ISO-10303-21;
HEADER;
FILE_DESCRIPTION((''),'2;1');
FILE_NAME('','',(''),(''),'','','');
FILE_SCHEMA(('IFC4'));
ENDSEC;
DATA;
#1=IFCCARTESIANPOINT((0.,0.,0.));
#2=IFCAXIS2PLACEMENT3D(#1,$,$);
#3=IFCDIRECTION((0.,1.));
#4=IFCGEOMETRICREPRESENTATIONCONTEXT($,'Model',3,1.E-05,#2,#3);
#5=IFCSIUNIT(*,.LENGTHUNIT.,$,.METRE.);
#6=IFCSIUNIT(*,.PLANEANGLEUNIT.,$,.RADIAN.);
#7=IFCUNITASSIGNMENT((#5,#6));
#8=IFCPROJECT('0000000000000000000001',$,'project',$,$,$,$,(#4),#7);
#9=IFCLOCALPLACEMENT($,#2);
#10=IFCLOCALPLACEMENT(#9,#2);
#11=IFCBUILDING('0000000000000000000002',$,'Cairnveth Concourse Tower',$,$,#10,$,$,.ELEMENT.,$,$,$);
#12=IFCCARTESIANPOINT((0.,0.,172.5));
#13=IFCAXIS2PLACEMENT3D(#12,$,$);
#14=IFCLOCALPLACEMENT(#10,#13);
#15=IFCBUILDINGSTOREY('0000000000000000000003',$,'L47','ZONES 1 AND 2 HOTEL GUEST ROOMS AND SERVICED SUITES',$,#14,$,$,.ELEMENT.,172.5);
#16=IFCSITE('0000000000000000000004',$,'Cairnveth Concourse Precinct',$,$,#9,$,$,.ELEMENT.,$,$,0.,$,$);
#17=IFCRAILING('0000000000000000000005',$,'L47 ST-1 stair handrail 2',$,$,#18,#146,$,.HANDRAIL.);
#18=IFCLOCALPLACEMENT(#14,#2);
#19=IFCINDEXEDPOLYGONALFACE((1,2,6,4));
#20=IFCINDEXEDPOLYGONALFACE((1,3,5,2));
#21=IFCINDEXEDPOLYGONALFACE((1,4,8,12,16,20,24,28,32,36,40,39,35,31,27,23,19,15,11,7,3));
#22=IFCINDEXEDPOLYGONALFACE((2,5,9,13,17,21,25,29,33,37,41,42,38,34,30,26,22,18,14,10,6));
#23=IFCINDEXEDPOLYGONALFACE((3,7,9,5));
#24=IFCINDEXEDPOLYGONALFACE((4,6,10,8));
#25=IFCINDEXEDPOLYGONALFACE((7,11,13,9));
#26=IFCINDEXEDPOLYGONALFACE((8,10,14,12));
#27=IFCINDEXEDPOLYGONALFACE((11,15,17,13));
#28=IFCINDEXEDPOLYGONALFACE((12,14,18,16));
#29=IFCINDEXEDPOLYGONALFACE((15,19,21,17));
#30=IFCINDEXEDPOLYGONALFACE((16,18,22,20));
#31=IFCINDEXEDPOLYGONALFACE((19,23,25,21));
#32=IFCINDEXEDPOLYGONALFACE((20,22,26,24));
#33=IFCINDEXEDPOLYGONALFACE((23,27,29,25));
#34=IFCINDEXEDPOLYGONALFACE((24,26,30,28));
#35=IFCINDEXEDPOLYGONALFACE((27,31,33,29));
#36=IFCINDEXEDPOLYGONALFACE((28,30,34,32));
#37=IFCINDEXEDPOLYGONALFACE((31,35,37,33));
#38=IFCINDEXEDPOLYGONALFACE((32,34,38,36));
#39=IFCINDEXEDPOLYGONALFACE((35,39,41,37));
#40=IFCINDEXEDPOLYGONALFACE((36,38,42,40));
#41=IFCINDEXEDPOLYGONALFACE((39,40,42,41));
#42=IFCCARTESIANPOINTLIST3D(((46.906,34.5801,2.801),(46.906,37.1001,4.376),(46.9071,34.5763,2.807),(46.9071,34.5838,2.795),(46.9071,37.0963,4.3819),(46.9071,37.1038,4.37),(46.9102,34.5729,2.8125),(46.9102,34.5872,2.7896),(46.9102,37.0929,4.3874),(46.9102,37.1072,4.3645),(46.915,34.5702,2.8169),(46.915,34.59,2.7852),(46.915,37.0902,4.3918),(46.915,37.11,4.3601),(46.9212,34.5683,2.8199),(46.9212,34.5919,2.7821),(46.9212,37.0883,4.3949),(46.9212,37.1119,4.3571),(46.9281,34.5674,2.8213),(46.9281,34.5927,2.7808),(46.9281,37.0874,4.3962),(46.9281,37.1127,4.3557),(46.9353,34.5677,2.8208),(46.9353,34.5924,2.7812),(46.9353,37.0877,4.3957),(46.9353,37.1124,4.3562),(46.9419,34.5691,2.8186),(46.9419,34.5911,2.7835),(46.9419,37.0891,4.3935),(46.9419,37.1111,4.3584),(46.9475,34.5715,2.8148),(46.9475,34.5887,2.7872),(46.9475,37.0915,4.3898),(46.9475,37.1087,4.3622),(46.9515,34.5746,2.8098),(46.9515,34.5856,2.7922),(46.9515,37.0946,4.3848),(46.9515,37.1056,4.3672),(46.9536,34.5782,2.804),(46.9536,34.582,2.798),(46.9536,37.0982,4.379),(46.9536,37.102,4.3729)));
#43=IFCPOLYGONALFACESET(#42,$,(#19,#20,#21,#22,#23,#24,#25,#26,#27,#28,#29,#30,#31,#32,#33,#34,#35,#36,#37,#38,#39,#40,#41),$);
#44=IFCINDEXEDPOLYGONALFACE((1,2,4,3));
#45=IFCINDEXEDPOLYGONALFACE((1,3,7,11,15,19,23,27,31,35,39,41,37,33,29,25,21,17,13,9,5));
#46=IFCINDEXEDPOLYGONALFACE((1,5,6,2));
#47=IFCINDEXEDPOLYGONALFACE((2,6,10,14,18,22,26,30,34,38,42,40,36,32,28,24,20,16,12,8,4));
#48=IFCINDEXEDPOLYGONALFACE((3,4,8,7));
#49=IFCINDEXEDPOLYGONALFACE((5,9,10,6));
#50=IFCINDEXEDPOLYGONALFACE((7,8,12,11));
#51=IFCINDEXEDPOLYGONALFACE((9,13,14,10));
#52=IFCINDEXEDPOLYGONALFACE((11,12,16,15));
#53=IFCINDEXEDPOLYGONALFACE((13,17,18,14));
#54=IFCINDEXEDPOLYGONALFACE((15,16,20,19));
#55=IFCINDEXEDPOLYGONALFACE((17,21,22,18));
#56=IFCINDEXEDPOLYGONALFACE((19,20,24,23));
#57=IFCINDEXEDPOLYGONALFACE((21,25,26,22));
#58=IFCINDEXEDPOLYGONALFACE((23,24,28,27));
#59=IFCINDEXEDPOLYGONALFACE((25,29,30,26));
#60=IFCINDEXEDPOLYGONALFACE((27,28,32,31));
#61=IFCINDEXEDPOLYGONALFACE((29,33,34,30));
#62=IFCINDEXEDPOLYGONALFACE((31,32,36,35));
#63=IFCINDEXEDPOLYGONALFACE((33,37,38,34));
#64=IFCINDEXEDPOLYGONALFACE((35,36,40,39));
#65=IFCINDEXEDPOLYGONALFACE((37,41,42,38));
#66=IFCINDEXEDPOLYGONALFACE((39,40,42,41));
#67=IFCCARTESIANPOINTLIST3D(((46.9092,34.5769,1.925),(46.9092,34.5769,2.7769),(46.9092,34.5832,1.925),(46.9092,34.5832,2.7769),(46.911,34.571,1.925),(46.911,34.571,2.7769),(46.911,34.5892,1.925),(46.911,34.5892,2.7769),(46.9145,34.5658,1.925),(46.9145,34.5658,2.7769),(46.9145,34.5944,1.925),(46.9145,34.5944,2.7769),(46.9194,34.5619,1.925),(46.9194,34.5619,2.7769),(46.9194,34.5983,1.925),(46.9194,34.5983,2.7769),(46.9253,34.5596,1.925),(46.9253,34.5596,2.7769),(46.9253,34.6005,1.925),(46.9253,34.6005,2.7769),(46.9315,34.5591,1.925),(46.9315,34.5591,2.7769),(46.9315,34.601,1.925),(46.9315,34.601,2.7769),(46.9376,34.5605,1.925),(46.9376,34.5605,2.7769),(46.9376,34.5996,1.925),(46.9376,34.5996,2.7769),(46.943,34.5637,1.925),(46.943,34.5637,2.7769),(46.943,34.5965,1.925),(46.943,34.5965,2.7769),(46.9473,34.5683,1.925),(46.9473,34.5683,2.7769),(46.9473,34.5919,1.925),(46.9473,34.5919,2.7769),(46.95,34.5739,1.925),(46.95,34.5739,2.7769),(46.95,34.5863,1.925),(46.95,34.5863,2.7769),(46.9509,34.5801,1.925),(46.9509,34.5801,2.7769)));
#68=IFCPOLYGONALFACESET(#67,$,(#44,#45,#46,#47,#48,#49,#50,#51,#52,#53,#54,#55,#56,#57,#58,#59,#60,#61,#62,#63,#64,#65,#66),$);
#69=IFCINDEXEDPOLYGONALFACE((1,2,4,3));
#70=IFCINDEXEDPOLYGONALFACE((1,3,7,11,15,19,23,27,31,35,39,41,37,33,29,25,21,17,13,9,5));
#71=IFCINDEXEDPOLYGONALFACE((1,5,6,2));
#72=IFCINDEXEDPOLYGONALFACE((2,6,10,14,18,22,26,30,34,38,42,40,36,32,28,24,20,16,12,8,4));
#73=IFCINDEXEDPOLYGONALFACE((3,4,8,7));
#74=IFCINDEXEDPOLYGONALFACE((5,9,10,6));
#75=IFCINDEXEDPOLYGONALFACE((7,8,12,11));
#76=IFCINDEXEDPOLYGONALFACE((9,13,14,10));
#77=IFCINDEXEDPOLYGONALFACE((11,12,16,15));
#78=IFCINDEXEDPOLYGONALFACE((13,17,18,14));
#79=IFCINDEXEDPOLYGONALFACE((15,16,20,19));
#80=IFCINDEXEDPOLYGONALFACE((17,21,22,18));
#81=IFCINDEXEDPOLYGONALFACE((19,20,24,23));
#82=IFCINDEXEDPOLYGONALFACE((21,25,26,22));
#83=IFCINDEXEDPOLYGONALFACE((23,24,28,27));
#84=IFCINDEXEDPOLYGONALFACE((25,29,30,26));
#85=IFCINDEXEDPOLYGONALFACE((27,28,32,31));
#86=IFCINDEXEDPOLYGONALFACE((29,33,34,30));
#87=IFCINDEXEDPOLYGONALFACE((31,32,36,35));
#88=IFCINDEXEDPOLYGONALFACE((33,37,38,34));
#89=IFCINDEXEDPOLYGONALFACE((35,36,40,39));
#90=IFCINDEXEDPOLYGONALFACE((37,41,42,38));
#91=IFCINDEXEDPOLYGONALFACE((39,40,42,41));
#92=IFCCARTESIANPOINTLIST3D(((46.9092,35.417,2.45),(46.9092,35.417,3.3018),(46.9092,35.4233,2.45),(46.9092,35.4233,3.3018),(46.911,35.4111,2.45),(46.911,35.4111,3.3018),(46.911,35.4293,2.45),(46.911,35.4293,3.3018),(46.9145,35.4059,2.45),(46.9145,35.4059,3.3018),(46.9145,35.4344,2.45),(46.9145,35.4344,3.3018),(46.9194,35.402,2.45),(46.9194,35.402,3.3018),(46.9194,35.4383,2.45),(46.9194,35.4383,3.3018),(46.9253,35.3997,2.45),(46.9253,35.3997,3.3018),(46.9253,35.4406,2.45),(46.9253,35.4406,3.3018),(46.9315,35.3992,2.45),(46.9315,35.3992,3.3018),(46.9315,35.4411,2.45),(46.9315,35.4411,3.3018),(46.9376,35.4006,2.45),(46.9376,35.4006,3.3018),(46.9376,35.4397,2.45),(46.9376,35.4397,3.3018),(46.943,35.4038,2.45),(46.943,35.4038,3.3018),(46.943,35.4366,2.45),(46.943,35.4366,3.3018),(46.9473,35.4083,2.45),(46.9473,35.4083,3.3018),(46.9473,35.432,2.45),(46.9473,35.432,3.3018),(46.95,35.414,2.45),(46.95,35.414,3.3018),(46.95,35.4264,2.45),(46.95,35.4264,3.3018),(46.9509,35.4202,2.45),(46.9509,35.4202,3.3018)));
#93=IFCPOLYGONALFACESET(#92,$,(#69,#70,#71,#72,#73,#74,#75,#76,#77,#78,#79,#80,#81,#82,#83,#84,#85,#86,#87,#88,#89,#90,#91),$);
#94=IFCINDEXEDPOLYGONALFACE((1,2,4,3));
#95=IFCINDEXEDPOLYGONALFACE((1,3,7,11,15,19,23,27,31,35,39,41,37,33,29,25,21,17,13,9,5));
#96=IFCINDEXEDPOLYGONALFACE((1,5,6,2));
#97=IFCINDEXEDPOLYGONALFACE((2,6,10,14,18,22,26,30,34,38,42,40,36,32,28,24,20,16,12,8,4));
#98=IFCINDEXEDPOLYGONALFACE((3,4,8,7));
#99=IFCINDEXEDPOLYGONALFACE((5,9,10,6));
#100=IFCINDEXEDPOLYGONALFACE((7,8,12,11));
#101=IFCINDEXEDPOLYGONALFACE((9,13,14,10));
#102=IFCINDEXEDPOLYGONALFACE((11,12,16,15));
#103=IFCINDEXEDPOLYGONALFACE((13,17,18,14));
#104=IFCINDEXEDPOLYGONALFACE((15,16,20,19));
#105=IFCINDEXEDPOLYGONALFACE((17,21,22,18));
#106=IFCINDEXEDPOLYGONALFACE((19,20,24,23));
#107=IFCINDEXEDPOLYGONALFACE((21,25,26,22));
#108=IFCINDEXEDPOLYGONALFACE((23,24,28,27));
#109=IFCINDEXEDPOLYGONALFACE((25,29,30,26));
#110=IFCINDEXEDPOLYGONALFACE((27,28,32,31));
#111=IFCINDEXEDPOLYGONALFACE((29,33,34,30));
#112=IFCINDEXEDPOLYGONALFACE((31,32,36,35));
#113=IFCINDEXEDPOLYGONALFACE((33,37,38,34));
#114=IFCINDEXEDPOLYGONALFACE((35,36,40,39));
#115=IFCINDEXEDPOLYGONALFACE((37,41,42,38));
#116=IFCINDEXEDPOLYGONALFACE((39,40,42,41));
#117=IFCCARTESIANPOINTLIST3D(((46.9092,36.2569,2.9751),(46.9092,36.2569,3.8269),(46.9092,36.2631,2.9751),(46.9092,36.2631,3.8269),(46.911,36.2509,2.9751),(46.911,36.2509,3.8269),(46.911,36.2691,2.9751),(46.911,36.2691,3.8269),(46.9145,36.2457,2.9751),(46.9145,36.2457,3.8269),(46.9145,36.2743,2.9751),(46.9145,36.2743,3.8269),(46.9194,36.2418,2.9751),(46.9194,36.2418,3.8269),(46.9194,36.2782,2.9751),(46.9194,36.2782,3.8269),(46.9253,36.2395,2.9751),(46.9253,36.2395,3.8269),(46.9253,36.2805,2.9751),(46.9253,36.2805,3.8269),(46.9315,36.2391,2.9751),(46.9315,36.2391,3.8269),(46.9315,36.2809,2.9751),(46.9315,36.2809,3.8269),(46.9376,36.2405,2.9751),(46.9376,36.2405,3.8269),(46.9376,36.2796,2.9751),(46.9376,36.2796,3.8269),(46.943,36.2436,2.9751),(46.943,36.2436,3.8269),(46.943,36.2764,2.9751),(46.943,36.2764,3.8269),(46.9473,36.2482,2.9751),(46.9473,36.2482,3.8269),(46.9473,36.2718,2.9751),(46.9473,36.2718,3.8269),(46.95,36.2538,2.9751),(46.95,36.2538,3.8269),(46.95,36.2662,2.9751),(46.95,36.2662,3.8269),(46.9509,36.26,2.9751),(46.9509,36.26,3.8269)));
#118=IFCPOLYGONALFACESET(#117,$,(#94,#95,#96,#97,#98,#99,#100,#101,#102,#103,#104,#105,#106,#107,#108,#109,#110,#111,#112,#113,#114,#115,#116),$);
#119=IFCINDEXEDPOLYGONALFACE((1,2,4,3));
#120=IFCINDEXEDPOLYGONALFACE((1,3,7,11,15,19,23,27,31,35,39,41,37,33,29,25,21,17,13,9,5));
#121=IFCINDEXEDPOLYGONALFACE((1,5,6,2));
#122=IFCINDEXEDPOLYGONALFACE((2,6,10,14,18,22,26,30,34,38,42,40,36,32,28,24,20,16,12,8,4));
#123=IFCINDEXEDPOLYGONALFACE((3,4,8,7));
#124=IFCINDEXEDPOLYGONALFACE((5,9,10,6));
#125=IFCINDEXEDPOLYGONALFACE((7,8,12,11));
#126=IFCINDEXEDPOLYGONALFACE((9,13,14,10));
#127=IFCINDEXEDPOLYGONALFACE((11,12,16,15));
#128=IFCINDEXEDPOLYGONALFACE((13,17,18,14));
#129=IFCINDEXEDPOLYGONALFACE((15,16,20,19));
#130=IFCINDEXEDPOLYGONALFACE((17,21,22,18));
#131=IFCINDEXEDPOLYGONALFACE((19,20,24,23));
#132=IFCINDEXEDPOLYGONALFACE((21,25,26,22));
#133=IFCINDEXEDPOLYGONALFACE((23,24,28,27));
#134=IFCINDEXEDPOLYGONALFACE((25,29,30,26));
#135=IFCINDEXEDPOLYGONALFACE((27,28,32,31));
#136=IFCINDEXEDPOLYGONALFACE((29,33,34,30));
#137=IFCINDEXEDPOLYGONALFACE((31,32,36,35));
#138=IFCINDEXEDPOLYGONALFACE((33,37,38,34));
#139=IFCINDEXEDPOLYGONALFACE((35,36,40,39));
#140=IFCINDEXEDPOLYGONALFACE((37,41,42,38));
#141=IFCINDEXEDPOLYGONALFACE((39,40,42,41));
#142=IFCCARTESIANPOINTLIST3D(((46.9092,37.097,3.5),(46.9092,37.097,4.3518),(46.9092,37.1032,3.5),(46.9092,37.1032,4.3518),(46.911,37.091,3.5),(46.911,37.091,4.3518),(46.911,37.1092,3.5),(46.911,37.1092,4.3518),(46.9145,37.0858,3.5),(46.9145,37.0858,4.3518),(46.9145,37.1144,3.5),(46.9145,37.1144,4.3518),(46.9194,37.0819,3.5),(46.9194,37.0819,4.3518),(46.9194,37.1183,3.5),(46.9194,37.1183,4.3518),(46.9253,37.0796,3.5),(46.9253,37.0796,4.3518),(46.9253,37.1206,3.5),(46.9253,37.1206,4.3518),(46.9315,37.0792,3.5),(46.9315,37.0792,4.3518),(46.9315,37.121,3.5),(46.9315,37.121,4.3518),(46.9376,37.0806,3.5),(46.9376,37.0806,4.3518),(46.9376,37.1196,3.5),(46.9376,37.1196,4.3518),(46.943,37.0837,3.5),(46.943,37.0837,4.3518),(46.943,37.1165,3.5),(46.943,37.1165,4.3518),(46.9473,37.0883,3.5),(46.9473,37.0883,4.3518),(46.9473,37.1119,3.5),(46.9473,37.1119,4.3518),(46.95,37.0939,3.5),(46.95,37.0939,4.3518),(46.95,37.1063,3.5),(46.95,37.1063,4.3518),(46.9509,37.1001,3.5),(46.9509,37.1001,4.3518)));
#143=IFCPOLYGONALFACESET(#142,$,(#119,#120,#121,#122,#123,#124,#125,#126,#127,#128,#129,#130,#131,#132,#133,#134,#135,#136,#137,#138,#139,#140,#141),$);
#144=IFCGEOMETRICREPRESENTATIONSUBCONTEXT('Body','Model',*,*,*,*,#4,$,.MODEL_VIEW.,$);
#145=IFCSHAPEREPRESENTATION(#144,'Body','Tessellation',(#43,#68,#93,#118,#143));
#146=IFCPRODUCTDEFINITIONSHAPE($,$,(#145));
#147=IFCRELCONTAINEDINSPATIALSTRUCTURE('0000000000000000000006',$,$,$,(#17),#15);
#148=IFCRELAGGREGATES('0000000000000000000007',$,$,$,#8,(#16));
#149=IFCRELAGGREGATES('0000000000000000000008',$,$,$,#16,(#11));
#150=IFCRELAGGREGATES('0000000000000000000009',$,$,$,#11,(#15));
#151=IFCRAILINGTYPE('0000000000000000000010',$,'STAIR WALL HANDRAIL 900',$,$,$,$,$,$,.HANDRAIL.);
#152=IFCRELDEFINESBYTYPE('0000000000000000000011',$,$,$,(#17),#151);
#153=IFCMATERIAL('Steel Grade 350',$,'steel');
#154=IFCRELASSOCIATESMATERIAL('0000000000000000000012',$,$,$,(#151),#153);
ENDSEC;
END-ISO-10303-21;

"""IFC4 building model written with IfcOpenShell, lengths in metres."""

from ifc_helpers import new_model, si_unit, direction, frame, origin, origin_2d, place, context, subcontext, project, spatial, circle, extrude, material, type_object, element, save


model = new_model("IFC4")

# Units and contexts
model_context = context("Model", 3, precision=1e-05, world=origin(), true_north=direction((0.0, 1.0)))
body_context = subcontext(model_context, "Body", "Model", "MODEL_VIEW")
ifc_project = project(units=[si_unit("LENGTHUNIT", "METRE"), si_unit("PLANEANGLEUNIT", "RADIAN")], contexts=[model_context])

# Site, building, storey
site_placement = place(None, origin())
site = spatial("IfcSite", under=ifc_project, at=site_placement, Name="Cairnveth Concourse Precinct", CompositionType="ELEMENT", RefElevation=0.0)
building_placement = place(site_placement, origin())
building = spatial("IfcBuilding", under=site, at=building_placement, Name="Cairnveth Concourse Tower", CompositionType="ELEMENT")
storey_placement = place(building_placement, frame((0.0, 0.0, 172.5)))
storey = spatial("IfcBuildingStorey", under=building, at=storey_placement, Name="L47", Description="ZONES 1 AND 2 HOTEL GUEST ROOMS AND SERVICED SUITES", CompositionType="ELEMENT", Elevation=172.5)

# Shared definitions
ifc_material_1 = material(Name="Steel Grade 350", Category="steel")

# Railing
railing_type_1 = type_object("IfcRailingType", Name="STAIR WALL HANDRAIL 900", PredefinedType="HANDRAIL", material=ifc_material_1)
railing_1_placement = place(storey_placement, frame((46.9299, 34.5801, 1.925)))
element("IfcRailing", 1, at=railing_1_placement, inside=storey, type_object=railing_type_1, Name="L47 ST-1 stair handrail 2", PredefinedType="HANDRAIL", context=body_context, shape_type="SweptSolid", body=[
    extrude(circle(Radius=0.0239, at=origin_2d()), frame((0.0, 0.0, 0.876), z_axis=(0.0, 0.848008, 0.529984), x_axis=(-1.0, 0.0, 0.0)), (0.0, 0.0, 1.0), 2.9717),
    extrude(circle(Radius=0.021, at=origin_2d()), origin(), (0.0, 0.0, 1.0), 0.8518),
    extrude(circle(Radius=0.021, at=origin_2d()), frame((0.0, 0.8401, 0.5249)), (0.0, 0.0, 1.0), 0.8518),
    extrude(circle(Radius=0.021, at=origin_2d()), frame((0.0, 1.6799, 1.05)), (0.0, 0.0, 1.0), 0.8518),
    extrude(circle(Radius=0.021, at=origin_2d()), frame((0.0, 2.52, 1.575)), (0.0, 0.0, 1.0), 0.8518),
])

save(model, "model.ifc")
